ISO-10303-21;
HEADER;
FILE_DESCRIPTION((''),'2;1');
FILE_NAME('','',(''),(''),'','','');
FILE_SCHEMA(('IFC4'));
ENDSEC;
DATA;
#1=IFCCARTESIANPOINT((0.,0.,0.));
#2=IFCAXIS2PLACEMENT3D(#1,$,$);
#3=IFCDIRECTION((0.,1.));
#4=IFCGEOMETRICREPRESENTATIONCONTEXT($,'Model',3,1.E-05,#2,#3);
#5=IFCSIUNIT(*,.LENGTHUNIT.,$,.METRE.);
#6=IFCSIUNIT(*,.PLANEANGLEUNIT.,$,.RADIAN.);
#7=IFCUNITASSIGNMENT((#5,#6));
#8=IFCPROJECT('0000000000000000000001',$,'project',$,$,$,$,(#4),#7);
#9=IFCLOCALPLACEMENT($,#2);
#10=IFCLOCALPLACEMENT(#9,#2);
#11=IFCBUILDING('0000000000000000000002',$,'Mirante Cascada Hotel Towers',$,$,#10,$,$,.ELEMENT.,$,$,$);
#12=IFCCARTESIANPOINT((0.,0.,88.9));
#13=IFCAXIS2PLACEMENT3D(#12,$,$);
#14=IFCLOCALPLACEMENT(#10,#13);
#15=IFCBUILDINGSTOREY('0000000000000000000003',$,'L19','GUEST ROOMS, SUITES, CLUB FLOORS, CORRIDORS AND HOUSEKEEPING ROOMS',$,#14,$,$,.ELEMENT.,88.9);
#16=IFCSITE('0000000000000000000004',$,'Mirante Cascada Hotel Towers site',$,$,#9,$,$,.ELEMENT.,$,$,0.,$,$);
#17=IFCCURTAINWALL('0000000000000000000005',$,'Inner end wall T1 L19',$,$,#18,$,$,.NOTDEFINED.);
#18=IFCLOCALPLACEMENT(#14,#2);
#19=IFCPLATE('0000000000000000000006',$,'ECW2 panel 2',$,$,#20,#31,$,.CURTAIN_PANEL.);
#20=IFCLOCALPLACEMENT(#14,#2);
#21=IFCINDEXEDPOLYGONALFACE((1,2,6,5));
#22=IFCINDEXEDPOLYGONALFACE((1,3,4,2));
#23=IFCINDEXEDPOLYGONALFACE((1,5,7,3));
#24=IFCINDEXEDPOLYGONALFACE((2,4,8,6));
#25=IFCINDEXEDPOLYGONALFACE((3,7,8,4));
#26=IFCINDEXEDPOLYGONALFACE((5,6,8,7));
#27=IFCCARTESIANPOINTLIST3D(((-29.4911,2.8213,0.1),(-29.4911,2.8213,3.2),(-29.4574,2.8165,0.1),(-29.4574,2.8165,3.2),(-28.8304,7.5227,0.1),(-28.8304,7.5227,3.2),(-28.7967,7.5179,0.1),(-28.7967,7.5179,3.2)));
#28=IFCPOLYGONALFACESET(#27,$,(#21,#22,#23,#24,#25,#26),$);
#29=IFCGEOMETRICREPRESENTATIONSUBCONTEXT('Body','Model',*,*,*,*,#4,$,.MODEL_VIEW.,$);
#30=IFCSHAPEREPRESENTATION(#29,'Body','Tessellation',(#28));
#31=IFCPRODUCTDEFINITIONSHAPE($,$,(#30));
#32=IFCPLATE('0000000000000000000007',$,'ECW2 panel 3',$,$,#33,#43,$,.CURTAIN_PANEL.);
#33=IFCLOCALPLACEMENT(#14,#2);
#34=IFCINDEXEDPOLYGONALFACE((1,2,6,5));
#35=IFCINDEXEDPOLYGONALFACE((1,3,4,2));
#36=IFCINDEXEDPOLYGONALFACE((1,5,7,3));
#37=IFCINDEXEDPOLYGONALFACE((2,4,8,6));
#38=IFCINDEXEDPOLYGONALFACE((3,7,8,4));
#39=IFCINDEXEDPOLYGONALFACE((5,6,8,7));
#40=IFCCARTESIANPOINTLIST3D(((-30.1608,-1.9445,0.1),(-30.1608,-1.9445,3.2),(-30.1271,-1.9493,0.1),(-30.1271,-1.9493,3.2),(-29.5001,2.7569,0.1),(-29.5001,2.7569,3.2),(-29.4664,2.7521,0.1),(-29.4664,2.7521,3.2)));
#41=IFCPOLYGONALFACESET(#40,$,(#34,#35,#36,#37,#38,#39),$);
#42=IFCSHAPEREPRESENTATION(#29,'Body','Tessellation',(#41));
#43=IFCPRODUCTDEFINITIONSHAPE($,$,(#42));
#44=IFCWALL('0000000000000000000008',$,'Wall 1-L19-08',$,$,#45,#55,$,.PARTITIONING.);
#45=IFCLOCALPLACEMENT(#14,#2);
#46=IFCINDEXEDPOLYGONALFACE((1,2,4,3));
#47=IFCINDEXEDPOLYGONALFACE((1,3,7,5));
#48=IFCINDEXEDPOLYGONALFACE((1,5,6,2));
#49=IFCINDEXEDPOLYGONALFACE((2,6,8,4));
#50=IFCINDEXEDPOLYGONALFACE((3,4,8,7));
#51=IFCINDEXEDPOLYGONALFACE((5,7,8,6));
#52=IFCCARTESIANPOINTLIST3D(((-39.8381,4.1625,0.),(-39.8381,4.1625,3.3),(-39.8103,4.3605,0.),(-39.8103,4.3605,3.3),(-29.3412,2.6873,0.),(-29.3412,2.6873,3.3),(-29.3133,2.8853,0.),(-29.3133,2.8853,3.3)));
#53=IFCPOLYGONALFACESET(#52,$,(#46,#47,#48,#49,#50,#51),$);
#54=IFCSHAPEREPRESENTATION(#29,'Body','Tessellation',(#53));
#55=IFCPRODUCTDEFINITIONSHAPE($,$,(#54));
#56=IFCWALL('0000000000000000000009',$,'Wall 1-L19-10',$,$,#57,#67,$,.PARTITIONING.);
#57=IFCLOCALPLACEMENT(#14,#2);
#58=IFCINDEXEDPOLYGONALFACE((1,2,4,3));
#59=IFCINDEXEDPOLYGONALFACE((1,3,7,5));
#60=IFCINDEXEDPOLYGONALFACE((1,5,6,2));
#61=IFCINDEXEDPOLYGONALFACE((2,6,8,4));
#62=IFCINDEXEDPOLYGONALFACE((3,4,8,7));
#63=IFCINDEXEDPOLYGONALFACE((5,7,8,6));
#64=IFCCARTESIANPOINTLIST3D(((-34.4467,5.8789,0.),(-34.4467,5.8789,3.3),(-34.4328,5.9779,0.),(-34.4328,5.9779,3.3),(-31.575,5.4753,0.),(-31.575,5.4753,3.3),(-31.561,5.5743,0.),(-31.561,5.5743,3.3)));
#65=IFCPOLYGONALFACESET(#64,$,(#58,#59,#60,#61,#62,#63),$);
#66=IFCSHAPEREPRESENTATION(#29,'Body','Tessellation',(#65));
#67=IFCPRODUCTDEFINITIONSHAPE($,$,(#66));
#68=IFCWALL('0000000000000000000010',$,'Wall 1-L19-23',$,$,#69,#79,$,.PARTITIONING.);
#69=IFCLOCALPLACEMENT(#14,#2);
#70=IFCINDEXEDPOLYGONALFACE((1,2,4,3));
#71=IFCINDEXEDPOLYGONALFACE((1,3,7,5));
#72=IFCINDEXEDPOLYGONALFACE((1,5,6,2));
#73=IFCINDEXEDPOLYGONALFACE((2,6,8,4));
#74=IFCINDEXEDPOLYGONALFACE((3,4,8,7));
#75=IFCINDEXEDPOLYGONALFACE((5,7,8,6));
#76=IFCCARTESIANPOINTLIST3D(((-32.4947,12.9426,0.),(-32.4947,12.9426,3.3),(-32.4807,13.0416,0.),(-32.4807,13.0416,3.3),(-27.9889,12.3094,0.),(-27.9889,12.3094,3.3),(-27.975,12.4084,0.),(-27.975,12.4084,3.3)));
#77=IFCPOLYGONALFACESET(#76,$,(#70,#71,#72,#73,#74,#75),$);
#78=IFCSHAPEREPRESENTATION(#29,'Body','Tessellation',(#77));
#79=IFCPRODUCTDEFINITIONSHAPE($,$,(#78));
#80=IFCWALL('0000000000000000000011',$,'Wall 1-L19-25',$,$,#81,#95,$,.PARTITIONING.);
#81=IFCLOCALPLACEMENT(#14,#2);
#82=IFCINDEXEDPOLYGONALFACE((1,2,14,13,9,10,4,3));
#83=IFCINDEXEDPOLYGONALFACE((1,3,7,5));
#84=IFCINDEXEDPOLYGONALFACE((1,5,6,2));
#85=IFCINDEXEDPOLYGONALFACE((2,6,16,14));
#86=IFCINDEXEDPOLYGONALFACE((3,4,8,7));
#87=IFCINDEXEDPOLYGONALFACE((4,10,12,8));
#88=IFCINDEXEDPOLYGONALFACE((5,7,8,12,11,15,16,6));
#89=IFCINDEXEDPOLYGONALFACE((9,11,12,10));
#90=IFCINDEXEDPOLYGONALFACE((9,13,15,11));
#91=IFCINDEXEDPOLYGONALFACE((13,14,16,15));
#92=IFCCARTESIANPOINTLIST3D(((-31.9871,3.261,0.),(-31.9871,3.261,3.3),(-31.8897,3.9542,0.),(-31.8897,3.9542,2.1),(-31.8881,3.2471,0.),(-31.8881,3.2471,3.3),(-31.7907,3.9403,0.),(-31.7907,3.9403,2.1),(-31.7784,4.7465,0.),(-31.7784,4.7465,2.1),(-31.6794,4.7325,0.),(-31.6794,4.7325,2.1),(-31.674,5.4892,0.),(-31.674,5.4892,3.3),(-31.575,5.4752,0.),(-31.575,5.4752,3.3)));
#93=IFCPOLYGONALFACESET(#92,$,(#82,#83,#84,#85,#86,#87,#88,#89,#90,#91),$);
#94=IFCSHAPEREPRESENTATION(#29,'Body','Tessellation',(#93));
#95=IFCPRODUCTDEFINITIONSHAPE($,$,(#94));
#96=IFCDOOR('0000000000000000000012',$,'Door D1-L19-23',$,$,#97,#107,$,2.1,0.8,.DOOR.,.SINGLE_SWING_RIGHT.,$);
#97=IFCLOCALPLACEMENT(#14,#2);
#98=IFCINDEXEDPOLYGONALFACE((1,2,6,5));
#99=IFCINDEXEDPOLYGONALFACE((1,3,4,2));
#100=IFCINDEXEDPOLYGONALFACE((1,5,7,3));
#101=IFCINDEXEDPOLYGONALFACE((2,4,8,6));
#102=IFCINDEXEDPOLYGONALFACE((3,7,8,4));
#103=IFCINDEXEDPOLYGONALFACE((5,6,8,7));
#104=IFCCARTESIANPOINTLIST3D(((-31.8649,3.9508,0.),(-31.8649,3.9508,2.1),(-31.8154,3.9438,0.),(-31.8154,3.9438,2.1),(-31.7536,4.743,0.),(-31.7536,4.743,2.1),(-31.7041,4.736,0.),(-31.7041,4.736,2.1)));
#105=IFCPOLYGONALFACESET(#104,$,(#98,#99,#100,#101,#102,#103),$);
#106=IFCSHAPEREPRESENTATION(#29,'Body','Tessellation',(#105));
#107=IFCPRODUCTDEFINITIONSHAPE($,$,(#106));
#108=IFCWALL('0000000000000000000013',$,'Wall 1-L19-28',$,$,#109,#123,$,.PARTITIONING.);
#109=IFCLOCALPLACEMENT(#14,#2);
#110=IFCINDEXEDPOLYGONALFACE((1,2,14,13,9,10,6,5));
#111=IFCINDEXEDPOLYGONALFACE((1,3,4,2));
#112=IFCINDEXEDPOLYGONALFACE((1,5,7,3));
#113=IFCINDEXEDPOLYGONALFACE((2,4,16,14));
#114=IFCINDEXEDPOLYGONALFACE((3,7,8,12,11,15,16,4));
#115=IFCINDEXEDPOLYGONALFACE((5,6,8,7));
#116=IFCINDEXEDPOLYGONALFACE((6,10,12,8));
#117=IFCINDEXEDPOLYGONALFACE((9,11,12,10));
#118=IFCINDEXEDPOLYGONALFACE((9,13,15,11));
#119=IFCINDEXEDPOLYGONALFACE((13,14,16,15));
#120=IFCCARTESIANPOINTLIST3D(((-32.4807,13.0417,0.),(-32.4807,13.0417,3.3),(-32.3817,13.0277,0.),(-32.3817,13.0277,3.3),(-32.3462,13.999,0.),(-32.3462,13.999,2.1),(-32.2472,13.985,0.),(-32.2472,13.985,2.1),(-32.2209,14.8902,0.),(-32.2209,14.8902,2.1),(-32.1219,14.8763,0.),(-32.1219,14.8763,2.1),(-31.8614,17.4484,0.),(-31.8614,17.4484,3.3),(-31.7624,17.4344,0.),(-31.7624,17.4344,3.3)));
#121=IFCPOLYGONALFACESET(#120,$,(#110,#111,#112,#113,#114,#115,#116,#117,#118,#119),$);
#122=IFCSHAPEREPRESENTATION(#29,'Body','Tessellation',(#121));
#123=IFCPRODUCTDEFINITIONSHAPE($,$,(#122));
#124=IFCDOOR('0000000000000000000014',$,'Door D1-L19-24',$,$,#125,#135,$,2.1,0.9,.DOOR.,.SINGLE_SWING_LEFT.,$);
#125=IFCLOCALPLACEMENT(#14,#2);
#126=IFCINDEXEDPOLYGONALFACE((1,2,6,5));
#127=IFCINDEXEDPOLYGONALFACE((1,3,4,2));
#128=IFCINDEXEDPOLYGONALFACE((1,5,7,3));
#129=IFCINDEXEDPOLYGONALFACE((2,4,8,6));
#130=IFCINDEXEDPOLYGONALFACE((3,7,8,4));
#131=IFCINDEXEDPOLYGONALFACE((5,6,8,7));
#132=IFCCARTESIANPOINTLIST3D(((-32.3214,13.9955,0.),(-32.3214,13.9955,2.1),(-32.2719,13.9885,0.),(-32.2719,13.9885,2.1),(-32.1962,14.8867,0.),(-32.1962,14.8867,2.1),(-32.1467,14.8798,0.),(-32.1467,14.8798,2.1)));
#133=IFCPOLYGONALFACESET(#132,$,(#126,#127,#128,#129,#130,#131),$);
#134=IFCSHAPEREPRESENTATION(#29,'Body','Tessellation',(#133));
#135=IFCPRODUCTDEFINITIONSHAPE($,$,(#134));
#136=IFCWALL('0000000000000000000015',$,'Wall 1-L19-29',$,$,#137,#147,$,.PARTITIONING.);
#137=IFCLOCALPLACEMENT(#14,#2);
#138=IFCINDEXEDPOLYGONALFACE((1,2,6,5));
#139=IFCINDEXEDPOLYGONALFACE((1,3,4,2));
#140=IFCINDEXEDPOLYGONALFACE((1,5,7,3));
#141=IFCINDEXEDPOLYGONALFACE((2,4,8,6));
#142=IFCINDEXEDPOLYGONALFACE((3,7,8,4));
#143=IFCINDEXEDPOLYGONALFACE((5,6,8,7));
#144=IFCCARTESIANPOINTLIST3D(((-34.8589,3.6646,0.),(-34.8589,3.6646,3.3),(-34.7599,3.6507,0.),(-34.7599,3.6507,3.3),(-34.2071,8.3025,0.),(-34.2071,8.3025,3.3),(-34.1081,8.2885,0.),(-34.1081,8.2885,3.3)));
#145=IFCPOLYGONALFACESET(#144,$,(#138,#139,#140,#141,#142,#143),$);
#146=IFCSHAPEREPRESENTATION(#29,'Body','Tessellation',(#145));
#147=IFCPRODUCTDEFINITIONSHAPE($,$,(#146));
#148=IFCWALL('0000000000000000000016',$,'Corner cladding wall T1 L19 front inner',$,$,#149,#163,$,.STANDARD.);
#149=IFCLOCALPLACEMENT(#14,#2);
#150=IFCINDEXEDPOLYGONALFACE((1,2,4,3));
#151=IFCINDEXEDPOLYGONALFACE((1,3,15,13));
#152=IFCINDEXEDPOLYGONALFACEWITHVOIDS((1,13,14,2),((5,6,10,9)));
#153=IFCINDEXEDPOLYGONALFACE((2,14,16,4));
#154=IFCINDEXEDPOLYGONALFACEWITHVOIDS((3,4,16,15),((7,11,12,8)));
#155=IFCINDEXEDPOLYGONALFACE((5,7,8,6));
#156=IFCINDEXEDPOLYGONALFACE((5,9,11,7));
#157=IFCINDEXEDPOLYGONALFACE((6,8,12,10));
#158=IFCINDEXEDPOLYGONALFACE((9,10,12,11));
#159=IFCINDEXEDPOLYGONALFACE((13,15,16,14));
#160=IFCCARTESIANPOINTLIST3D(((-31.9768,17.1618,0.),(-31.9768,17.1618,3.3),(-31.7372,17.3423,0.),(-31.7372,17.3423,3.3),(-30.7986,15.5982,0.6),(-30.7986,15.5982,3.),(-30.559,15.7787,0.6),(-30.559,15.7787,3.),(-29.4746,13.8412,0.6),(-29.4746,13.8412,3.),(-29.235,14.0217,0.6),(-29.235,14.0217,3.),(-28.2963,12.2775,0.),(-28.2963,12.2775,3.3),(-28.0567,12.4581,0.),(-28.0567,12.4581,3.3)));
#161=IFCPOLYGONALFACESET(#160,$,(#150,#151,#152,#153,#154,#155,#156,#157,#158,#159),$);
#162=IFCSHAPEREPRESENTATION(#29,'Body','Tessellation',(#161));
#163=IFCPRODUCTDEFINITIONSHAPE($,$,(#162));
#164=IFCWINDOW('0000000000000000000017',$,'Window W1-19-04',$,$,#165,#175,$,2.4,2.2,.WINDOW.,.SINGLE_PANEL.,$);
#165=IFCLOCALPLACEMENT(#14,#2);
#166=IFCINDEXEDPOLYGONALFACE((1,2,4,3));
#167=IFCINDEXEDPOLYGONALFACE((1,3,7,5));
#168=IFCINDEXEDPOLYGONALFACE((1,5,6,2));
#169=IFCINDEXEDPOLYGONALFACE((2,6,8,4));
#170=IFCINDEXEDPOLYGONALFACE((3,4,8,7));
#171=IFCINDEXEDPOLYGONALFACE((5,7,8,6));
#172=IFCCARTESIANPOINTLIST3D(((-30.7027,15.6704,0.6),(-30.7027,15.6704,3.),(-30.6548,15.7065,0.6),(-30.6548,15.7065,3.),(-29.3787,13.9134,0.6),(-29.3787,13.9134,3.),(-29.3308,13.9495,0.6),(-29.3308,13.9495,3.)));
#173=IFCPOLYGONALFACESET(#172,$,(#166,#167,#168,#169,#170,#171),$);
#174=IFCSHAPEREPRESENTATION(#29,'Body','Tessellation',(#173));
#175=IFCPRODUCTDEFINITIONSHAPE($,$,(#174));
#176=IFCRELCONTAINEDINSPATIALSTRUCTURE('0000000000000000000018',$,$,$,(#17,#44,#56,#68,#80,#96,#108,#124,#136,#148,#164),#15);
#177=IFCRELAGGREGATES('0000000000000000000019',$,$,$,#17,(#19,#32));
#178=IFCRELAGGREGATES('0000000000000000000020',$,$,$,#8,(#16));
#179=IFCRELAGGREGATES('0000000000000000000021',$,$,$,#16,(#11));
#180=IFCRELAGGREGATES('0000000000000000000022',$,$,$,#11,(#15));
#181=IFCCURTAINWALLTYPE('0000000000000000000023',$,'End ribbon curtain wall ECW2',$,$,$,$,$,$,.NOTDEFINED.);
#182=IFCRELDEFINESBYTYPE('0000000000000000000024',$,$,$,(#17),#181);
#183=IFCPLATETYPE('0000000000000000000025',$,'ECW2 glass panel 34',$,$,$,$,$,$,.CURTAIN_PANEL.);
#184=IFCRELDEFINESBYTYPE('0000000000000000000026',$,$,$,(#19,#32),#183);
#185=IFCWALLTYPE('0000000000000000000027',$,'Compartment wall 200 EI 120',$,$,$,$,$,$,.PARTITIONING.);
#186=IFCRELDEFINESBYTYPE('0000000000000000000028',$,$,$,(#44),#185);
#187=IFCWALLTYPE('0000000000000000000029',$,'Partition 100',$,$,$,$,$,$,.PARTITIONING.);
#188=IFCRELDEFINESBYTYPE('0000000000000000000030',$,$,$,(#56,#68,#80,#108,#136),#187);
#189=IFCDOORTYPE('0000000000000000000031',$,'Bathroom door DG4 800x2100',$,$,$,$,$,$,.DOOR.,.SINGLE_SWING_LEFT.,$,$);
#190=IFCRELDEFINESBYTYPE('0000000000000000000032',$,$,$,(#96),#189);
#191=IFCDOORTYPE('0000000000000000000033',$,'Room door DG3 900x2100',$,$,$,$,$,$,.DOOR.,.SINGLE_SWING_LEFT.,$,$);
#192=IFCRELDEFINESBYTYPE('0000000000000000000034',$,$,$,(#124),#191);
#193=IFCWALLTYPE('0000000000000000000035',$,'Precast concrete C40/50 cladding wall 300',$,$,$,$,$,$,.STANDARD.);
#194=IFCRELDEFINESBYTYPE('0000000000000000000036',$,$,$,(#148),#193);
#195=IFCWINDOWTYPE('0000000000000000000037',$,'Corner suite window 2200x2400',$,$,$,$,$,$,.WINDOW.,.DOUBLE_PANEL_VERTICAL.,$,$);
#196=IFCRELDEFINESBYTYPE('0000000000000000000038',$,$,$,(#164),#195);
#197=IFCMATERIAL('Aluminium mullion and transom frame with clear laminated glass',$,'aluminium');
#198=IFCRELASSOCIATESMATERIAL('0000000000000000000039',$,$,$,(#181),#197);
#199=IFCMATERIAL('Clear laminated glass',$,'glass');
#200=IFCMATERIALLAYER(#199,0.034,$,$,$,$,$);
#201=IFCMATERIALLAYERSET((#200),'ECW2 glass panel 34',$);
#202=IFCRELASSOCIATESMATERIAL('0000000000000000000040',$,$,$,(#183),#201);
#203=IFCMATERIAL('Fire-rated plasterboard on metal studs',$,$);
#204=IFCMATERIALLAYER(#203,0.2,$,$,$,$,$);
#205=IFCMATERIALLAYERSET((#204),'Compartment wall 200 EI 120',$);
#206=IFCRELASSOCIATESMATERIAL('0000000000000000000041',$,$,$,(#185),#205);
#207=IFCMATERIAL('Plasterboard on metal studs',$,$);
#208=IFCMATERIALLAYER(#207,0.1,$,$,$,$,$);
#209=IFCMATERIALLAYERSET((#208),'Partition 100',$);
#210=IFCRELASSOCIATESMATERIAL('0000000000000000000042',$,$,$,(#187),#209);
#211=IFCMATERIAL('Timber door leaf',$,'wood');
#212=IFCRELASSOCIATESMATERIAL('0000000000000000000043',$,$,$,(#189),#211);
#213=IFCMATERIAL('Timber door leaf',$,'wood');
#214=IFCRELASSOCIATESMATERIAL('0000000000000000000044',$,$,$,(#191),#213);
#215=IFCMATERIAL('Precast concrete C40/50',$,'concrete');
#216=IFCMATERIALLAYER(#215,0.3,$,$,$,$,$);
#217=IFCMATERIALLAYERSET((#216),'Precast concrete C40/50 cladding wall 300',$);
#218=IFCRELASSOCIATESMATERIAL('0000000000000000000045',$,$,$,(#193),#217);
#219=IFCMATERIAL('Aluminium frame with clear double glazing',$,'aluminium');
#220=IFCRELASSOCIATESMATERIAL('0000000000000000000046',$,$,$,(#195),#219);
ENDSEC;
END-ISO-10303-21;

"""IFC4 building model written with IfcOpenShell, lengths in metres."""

from ifc_helpers import new_model, si_unit, direction, frame, frame_2d, origin, origin_2d, place, context, subcontext, project, spatial, rectangle, extrude, material, layer, layer_set, type_object, element, fill, aggregate, save


model = new_model("IFC4")

# Units and contexts
model_context = context("Model", 3, precision=1e-05, world=origin(), true_north=direction((0.0, 1.0)))
body_context = subcontext(model_context, "Body", "Model", "MODEL_VIEW")
ifc_project = project(units=[si_unit("LENGTHUNIT", "METRE"), si_unit("PLANEANGLEUNIT", "RADIAN")], contexts=[model_context])

# Site, building, storey
site_placement = place(None, origin())
site = spatial("IfcSite", under=ifc_project, at=site_placement, Name="Mirante Cascada Hotel Towers site", CompositionType="ELEMENT", RefElevation=0.0)
building_placement = place(site_placement, origin())
building = spatial("IfcBuilding", under=site, at=building_placement, Name="Mirante Cascada Hotel Towers", CompositionType="ELEMENT")
storey_placement = place(building_placement, frame((0.0, 0.0, 88.9)))
storey = spatial("IfcBuildingStorey", under=building, at=storey_placement, Name="L19", Description="GUEST ROOMS, SUITES, CLUB FLOORS, CORRIDORS AND HOUSEKEEPING ROOMS", CompositionType="ELEMENT", Elevation=88.9)

# Curtain wall
ifc_material_1 = material(Name="Aluminium mullion and transom frame with clear laminated glass", Category="aluminium")
curtain_wall_type_1 = type_object("IfcCurtainWallType", Name="End ribbon curtain wall ECW2", PredefinedType="NOTDEFINED", material=ifc_material_1)
curtain_wall_1_placement = place(storey_placement, origin())
curtain_wall_1 = element("IfcCurtainWall", 1, at=curtain_wall_1_placement, inside=storey, type_object=curtain_wall_type_1, Name="Inner end wall T1 L19", PredefinedType="NOTDEFINED")

# Plates
ifc_material_2 = material(Name="Clear laminated glass", Category="glass")
ifc_layer_1 = layer(ifc_material_2, 0.034)
ifc_layer_set_1 = layer_set([ifc_layer_1], Name="ECW2 glass panel 34")
plate_type_1 = type_object("IfcPlateType", Name="ECW2 glass panel 34", PredefinedType="CURTAIN_PANEL", material=ifc_layer_set_1)
plate_1_placement = place(storey_placement, frame((-29.1439, 5.1696, 0.1), z_axis=(0.0, 0.0, 1.0), x_axis=(-0.139173, -0.990268, 0.0)))
plate_1 = element("IfcPlate", 2, at=plate_1_placement, type_object=plate_type_1, Name="ECW2 panel 2", PredefinedType="CURTAIN_PANEL", context=body_context, shape_type="SweptSolid", body=[
    extrude(rectangle(XDim=4.7476, YDim=0.034, at=origin_2d()), origin(), (0.0, 0.0, 1.0), 3.1),
])
plate_2_placement = place(storey_placement, frame((-29.8136, 0.4038, 0.1), z_axis=(0.0, 0.0, 1.0), x_axis=(-0.139173, -0.990268, 0.0)))
plate_2 = element("IfcPlate", 3, at=plate_2_placement, type_object=plate_type_1, Name="ECW2 panel 3", PredefinedType="CURTAIN_PANEL", context=body_context, shape_type="SweptSolid", body=[
    extrude(rectangle(XDim=4.7476, YDim=0.034, at=origin_2d()), origin(), (0.0, 0.0, 1.0), 3.1),
])
aggregate(curtain_wall_1, [plate_1, plate_2])

# Walls
ifc_material_3 = material(Name="Fire-rated plasterboard on metal studs")
ifc_layer_2 = layer(ifc_material_3, 0.2)
ifc_layer_set_2 = layer_set([ifc_layer_2], Name="Compartment wall 200 EI 120")
wall_type_1 = type_object("IfcWallType", Name="Compartment wall 200 EI 120", PredefinedType="PARTITIONING", material=ifc_layer_set_2)
wall_1_placement = place(storey_placement, frame((-29.3273, 2.7863, 0.0), z_axis=(0.0, 0.0, 1.0), x_axis=(-0.990269, 0.139169, 0.0)))
element("IfcWall", 4, at=wall_1_placement, inside=storey, type_object=wall_type_1, Name="Wall 1-L19-08", PredefinedType="PARTITIONING", context=body_context, shape_type="SweptSolid", body=[
    extrude(rectangle(XDim=10.6001, YDim=0.2, at=frame_2d((5.3, 0.0))), origin(), (0.0, 0.0, 1.0), 3.3),
])
ifc_material_4 = material(Name="Plasterboard on metal studs")
ifc_layer_3 = layer(ifc_material_4, 0.1)
ifc_layer_set_3 = layer_set([ifc_layer_3], Name="Partition 100")
wall_type_2 = type_object("IfcWallType", Name="Partition 100", PredefinedType="PARTITIONING", material=ifc_layer_set_3)
wall_2_placement = place(storey_placement, frame((-31.568, 5.5248, 0.0), z_axis=(0.0, 0.0, 1.0), x_axis=(-0.990268, 0.139171, 0.0)))
element("IfcWall", 5, at=wall_2_placement, inside=storey, type_object=wall_type_2, Name="Wall 1-L19-10", PredefinedType="PARTITIONING", context=body_context, shape_type="SweptSolid", body=[
    extrude(rectangle(XDim=2.9, YDim=0.1, at=frame_2d((1.45, 0.0))), origin(), (0.0, 0.0, 1.0), 3.3),
])
wall_3_placement = place(storey_placement, frame((-32.4877, 12.9921, 0.0), z_axis=(0.0, 0.0, 1.0), x_axis=(0.990269, -0.139166, 0.0)))
element("IfcWall", 6, at=wall_3_placement, inside=storey, type_object=wall_type_2, Name="Wall 1-L19-23", PredefinedType="PARTITIONING", context=body_context, shape_type="SweptSolid", body=[
    extrude(rectangle(XDim=4.55, YDim=0.1, at=frame_2d((2.275, 0.0))), origin(), (0.0, 0.0, 1.0), 3.3),
])

# Walls, openings, doors
wall_4_placement = place(storey_placement, frame((-31.6245, 5.4822, 0.0), z_axis=(0.0, 0.0, 1.0), x_axis=(-0.139156, -0.990271, 0.0)))
wall_4 = element("IfcWall", 7, at=wall_4_placement, inside=storey, type_object=wall_type_2, Name="Wall 1-L19-25", PredefinedType="PARTITIONING", context=body_context, shape_type="SweptSolid", body=[
    extrude(rectangle(XDim=2.25, YDim=0.1, at=frame_2d((1.125, 0.0))), origin(), (0.0, 0.0, 1.0), 3.3),
])
opening_1_placement = place(wall_4_placement, frame((0.75, 0.0, 0.0)))
opening_1 = element("IfcOpeningElement", 8, at=opening_1_placement, cuts=wall_4, PredefinedType="OPENING", context=body_context, shape_type="SweptSolid", body=[
    extrude(rectangle(XDim=0.8, YDim=2.1, at=frame_2d((0.4, 1.05))), frame((0.0, 0.05, 0.0), z_axis=(0.0, -1.0, 0.0), x_axis=(1.0, 0.0, 0.0)), (0.0, 0.0, 1.0), 0.1),
])
ifc_material_5 = material(Name="Timber door leaf", Category="wood")
door_type_1 = type_object("IfcDoorType", Name="Bathroom door DG4 800x2100", OperationType="SINGLE_SWING_LEFT", PredefinedType="DOOR", material=ifc_material_5)
door_1_placement = place(opening_1_placement, frame((0.8, 0.0, 0.0), z_axis=(0.0, 0.0, 1.0), x_axis=(-1.0, 0.0, 0.0)))
door_1 = element("IfcDoor", 9, at=door_1_placement, inside=storey, type_object=door_type_1, Name="Door D1-L19-23", OperationType="SINGLE_SWING_RIGHT", OverallHeight=2.1, OverallWidth=0.8, PredefinedType="DOOR", context=body_context, shape_type="SweptSolid", body=[
    extrude(rectangle(XDim=0.8, YDim=2.1, at=frame_2d((0.4, 1.05))), frame((0.0, 0.025, 0.0), z_axis=(0.0, -1.0, 0.0), x_axis=(1.0, 0.0, 0.0)), (0.0, 0.0, 1.0), 0.05),
])
fill(opening_1, door_1)
wall_5_placement = place(storey_placement, frame((-32.4312, 13.0347, 0.0), z_axis=(0.0, 0.0, 1.0), x_axis=(0.139168, 0.990269, 0.0)))
wall_5 = element("IfcWall", 10, at=wall_5_placement, inside=storey, type_object=wall_type_2, Name="Wall 1-L19-28", PredefinedType="PARTITIONING", context=body_context, shape_type="SweptSolid", body=[
    extrude(rectangle(XDim=4.45, YDim=0.1, at=frame_2d((2.225, 0.0))), origin(), (0.0, 0.0, 1.0), 3.3),
])
opening_2_placement = place(wall_5_placement, frame((0.9667, 0.0, 0.0)))
opening_2 = element("IfcOpeningElement", 11, at=opening_2_placement, cuts=wall_5, PredefinedType="OPENING", context=body_context, shape_type="SweptSolid", body=[
    extrude(rectangle(XDim=0.9, YDim=2.1, at=frame_2d((0.45, 1.05))), frame((0.0, 0.05, 0.0), z_axis=(0.0, -1.0, 0.0), x_axis=(1.0, 0.0, 0.0)), (0.0, 0.0, 1.0), 0.1),
])
ifc_material_6 = material(Name="Timber door leaf", Category="wood")
door_type_2 = type_object("IfcDoorType", Name="Room door DG3 900x2100", OperationType="SINGLE_SWING_LEFT", PredefinedType="DOOR", material=ifc_material_6)
door_2_placement = place(opening_2_placement, origin())
door_2 = element("IfcDoor", 12, at=door_2_placement, inside=storey, type_object=door_type_2, Name="Door D1-L19-24", OperationType="SINGLE_SWING_LEFT", OverallHeight=2.1, OverallWidth=0.9, PredefinedType="DOOR", context=body_context, shape_type="SweptSolid", body=[
    extrude(rectangle(XDim=0.9, YDim=2.1, at=frame_2d((0.45, 1.05))), frame((0.0, 0.025, 0.0), z_axis=(0.0, -1.0, 0.0), x_axis=(1.0, 0.0, 0.0)), (0.0, 0.0, 1.0), 0.05),
])
fill(opening_2, door_2)

# Wall
wall_6_placement = place(storey_placement, frame((-34.1576, 8.2955, 0.0), z_axis=(0.0, 0.0, 1.0), x_axis=(-0.139173, -0.990268, 0.0)))
element("IfcWall", 13, at=wall_6_placement, inside=storey, type_object=wall_type_2, Name="Wall 1-L19-29", PredefinedType="PARTITIONING", context=body_context, shape_type="SweptSolid", body=[
    extrude(rectangle(XDim=4.6834, YDim=0.1, at=frame_2d((2.3417, 0.0))), origin(), (0.0, 0.0, 1.0), 3.3),
])

# Wall, opening, window
ifc_material_7 = material(Name="Precast concrete C40/50", Category="concrete")
ifc_layer_4 = layer(ifc_material_7, 0.3)
ifc_layer_set_4 = layer_set([ifc_layer_4], Name="Precast concrete C40/50 cladding wall 300")
wall_type_3 = type_object("IfcWallType", Name="Precast concrete C40/50 cladding wall 300", PredefinedType="STANDARD", material=ifc_layer_set_4)
wall_7_placement = place(storey_placement, frame((-31.857, 17.252, 0.0), z_axis=(0.0, 0.0, 1.0), x_axis=(0.601814, -0.798636, 0.0)))
wall_7 = element("IfcWall", 14, at=wall_7_placement, inside=storey, type_object=wall_type_3, Name="Corner cladding wall T1 L19 front inner", PredefinedType="STANDARD", context=body_context, shape_type="SweptSolid", body=[
    extrude(rectangle(XDim=6.1157, YDim=0.3, at=frame_2d((3.0578, 0.0))), origin(), (0.0, 0.0, 1.0), 3.3),
])
opening_3_placement = place(wall_7_placement, frame((1.9578, 0.0, 0.6)))
opening_3 = element("IfcOpeningElement", 15, at=opening_3_placement, cuts=wall_7, PredefinedType="OPENING", context=body_context, shape_type="SweptSolid", body=[
    extrude(rectangle(XDim=2.2, YDim=2.4, at=frame_2d((1.1, 1.2))), frame((0.0, 0.15, 0.0), z_axis=(0.0, -1.0, 0.0), x_axis=(1.0, 0.0, 0.0)), (0.0, 0.0, 1.0), 0.3),
])
ifc_material_8 = material(Name="Aluminium frame with clear double glazing", Category="aluminium")
window_type = type_object("IfcWindowType", Name="Corner suite window 2200x2400", PartitioningType="DOUBLE_PANEL_VERTICAL", PredefinedType="WINDOW", material=ifc_material_8)
window_placement = place(opening_3_placement, origin())
window = element("IfcWindow", 16, at=window_placement, inside=storey, type_object=window_type, Name="Window W1-19-04", OverallHeight=2.4, OverallWidth=2.2, PartitioningType="SINGLE_PANEL", PredefinedType="WINDOW", context=body_context, shape_type="SweptSolid", body=[
    extrude(rectangle(XDim=2.2, YDim=2.4, at=frame_2d((1.1, 1.2))), frame((0.0, 0.03, 0.0), z_axis=(0.0, -1.0, 0.0), x_axis=(1.0, 0.0, 0.0)), (0.0, 0.0, 1.0), 0.06),
])
fill(opening_3, window)

save(model, "model.ifc")
